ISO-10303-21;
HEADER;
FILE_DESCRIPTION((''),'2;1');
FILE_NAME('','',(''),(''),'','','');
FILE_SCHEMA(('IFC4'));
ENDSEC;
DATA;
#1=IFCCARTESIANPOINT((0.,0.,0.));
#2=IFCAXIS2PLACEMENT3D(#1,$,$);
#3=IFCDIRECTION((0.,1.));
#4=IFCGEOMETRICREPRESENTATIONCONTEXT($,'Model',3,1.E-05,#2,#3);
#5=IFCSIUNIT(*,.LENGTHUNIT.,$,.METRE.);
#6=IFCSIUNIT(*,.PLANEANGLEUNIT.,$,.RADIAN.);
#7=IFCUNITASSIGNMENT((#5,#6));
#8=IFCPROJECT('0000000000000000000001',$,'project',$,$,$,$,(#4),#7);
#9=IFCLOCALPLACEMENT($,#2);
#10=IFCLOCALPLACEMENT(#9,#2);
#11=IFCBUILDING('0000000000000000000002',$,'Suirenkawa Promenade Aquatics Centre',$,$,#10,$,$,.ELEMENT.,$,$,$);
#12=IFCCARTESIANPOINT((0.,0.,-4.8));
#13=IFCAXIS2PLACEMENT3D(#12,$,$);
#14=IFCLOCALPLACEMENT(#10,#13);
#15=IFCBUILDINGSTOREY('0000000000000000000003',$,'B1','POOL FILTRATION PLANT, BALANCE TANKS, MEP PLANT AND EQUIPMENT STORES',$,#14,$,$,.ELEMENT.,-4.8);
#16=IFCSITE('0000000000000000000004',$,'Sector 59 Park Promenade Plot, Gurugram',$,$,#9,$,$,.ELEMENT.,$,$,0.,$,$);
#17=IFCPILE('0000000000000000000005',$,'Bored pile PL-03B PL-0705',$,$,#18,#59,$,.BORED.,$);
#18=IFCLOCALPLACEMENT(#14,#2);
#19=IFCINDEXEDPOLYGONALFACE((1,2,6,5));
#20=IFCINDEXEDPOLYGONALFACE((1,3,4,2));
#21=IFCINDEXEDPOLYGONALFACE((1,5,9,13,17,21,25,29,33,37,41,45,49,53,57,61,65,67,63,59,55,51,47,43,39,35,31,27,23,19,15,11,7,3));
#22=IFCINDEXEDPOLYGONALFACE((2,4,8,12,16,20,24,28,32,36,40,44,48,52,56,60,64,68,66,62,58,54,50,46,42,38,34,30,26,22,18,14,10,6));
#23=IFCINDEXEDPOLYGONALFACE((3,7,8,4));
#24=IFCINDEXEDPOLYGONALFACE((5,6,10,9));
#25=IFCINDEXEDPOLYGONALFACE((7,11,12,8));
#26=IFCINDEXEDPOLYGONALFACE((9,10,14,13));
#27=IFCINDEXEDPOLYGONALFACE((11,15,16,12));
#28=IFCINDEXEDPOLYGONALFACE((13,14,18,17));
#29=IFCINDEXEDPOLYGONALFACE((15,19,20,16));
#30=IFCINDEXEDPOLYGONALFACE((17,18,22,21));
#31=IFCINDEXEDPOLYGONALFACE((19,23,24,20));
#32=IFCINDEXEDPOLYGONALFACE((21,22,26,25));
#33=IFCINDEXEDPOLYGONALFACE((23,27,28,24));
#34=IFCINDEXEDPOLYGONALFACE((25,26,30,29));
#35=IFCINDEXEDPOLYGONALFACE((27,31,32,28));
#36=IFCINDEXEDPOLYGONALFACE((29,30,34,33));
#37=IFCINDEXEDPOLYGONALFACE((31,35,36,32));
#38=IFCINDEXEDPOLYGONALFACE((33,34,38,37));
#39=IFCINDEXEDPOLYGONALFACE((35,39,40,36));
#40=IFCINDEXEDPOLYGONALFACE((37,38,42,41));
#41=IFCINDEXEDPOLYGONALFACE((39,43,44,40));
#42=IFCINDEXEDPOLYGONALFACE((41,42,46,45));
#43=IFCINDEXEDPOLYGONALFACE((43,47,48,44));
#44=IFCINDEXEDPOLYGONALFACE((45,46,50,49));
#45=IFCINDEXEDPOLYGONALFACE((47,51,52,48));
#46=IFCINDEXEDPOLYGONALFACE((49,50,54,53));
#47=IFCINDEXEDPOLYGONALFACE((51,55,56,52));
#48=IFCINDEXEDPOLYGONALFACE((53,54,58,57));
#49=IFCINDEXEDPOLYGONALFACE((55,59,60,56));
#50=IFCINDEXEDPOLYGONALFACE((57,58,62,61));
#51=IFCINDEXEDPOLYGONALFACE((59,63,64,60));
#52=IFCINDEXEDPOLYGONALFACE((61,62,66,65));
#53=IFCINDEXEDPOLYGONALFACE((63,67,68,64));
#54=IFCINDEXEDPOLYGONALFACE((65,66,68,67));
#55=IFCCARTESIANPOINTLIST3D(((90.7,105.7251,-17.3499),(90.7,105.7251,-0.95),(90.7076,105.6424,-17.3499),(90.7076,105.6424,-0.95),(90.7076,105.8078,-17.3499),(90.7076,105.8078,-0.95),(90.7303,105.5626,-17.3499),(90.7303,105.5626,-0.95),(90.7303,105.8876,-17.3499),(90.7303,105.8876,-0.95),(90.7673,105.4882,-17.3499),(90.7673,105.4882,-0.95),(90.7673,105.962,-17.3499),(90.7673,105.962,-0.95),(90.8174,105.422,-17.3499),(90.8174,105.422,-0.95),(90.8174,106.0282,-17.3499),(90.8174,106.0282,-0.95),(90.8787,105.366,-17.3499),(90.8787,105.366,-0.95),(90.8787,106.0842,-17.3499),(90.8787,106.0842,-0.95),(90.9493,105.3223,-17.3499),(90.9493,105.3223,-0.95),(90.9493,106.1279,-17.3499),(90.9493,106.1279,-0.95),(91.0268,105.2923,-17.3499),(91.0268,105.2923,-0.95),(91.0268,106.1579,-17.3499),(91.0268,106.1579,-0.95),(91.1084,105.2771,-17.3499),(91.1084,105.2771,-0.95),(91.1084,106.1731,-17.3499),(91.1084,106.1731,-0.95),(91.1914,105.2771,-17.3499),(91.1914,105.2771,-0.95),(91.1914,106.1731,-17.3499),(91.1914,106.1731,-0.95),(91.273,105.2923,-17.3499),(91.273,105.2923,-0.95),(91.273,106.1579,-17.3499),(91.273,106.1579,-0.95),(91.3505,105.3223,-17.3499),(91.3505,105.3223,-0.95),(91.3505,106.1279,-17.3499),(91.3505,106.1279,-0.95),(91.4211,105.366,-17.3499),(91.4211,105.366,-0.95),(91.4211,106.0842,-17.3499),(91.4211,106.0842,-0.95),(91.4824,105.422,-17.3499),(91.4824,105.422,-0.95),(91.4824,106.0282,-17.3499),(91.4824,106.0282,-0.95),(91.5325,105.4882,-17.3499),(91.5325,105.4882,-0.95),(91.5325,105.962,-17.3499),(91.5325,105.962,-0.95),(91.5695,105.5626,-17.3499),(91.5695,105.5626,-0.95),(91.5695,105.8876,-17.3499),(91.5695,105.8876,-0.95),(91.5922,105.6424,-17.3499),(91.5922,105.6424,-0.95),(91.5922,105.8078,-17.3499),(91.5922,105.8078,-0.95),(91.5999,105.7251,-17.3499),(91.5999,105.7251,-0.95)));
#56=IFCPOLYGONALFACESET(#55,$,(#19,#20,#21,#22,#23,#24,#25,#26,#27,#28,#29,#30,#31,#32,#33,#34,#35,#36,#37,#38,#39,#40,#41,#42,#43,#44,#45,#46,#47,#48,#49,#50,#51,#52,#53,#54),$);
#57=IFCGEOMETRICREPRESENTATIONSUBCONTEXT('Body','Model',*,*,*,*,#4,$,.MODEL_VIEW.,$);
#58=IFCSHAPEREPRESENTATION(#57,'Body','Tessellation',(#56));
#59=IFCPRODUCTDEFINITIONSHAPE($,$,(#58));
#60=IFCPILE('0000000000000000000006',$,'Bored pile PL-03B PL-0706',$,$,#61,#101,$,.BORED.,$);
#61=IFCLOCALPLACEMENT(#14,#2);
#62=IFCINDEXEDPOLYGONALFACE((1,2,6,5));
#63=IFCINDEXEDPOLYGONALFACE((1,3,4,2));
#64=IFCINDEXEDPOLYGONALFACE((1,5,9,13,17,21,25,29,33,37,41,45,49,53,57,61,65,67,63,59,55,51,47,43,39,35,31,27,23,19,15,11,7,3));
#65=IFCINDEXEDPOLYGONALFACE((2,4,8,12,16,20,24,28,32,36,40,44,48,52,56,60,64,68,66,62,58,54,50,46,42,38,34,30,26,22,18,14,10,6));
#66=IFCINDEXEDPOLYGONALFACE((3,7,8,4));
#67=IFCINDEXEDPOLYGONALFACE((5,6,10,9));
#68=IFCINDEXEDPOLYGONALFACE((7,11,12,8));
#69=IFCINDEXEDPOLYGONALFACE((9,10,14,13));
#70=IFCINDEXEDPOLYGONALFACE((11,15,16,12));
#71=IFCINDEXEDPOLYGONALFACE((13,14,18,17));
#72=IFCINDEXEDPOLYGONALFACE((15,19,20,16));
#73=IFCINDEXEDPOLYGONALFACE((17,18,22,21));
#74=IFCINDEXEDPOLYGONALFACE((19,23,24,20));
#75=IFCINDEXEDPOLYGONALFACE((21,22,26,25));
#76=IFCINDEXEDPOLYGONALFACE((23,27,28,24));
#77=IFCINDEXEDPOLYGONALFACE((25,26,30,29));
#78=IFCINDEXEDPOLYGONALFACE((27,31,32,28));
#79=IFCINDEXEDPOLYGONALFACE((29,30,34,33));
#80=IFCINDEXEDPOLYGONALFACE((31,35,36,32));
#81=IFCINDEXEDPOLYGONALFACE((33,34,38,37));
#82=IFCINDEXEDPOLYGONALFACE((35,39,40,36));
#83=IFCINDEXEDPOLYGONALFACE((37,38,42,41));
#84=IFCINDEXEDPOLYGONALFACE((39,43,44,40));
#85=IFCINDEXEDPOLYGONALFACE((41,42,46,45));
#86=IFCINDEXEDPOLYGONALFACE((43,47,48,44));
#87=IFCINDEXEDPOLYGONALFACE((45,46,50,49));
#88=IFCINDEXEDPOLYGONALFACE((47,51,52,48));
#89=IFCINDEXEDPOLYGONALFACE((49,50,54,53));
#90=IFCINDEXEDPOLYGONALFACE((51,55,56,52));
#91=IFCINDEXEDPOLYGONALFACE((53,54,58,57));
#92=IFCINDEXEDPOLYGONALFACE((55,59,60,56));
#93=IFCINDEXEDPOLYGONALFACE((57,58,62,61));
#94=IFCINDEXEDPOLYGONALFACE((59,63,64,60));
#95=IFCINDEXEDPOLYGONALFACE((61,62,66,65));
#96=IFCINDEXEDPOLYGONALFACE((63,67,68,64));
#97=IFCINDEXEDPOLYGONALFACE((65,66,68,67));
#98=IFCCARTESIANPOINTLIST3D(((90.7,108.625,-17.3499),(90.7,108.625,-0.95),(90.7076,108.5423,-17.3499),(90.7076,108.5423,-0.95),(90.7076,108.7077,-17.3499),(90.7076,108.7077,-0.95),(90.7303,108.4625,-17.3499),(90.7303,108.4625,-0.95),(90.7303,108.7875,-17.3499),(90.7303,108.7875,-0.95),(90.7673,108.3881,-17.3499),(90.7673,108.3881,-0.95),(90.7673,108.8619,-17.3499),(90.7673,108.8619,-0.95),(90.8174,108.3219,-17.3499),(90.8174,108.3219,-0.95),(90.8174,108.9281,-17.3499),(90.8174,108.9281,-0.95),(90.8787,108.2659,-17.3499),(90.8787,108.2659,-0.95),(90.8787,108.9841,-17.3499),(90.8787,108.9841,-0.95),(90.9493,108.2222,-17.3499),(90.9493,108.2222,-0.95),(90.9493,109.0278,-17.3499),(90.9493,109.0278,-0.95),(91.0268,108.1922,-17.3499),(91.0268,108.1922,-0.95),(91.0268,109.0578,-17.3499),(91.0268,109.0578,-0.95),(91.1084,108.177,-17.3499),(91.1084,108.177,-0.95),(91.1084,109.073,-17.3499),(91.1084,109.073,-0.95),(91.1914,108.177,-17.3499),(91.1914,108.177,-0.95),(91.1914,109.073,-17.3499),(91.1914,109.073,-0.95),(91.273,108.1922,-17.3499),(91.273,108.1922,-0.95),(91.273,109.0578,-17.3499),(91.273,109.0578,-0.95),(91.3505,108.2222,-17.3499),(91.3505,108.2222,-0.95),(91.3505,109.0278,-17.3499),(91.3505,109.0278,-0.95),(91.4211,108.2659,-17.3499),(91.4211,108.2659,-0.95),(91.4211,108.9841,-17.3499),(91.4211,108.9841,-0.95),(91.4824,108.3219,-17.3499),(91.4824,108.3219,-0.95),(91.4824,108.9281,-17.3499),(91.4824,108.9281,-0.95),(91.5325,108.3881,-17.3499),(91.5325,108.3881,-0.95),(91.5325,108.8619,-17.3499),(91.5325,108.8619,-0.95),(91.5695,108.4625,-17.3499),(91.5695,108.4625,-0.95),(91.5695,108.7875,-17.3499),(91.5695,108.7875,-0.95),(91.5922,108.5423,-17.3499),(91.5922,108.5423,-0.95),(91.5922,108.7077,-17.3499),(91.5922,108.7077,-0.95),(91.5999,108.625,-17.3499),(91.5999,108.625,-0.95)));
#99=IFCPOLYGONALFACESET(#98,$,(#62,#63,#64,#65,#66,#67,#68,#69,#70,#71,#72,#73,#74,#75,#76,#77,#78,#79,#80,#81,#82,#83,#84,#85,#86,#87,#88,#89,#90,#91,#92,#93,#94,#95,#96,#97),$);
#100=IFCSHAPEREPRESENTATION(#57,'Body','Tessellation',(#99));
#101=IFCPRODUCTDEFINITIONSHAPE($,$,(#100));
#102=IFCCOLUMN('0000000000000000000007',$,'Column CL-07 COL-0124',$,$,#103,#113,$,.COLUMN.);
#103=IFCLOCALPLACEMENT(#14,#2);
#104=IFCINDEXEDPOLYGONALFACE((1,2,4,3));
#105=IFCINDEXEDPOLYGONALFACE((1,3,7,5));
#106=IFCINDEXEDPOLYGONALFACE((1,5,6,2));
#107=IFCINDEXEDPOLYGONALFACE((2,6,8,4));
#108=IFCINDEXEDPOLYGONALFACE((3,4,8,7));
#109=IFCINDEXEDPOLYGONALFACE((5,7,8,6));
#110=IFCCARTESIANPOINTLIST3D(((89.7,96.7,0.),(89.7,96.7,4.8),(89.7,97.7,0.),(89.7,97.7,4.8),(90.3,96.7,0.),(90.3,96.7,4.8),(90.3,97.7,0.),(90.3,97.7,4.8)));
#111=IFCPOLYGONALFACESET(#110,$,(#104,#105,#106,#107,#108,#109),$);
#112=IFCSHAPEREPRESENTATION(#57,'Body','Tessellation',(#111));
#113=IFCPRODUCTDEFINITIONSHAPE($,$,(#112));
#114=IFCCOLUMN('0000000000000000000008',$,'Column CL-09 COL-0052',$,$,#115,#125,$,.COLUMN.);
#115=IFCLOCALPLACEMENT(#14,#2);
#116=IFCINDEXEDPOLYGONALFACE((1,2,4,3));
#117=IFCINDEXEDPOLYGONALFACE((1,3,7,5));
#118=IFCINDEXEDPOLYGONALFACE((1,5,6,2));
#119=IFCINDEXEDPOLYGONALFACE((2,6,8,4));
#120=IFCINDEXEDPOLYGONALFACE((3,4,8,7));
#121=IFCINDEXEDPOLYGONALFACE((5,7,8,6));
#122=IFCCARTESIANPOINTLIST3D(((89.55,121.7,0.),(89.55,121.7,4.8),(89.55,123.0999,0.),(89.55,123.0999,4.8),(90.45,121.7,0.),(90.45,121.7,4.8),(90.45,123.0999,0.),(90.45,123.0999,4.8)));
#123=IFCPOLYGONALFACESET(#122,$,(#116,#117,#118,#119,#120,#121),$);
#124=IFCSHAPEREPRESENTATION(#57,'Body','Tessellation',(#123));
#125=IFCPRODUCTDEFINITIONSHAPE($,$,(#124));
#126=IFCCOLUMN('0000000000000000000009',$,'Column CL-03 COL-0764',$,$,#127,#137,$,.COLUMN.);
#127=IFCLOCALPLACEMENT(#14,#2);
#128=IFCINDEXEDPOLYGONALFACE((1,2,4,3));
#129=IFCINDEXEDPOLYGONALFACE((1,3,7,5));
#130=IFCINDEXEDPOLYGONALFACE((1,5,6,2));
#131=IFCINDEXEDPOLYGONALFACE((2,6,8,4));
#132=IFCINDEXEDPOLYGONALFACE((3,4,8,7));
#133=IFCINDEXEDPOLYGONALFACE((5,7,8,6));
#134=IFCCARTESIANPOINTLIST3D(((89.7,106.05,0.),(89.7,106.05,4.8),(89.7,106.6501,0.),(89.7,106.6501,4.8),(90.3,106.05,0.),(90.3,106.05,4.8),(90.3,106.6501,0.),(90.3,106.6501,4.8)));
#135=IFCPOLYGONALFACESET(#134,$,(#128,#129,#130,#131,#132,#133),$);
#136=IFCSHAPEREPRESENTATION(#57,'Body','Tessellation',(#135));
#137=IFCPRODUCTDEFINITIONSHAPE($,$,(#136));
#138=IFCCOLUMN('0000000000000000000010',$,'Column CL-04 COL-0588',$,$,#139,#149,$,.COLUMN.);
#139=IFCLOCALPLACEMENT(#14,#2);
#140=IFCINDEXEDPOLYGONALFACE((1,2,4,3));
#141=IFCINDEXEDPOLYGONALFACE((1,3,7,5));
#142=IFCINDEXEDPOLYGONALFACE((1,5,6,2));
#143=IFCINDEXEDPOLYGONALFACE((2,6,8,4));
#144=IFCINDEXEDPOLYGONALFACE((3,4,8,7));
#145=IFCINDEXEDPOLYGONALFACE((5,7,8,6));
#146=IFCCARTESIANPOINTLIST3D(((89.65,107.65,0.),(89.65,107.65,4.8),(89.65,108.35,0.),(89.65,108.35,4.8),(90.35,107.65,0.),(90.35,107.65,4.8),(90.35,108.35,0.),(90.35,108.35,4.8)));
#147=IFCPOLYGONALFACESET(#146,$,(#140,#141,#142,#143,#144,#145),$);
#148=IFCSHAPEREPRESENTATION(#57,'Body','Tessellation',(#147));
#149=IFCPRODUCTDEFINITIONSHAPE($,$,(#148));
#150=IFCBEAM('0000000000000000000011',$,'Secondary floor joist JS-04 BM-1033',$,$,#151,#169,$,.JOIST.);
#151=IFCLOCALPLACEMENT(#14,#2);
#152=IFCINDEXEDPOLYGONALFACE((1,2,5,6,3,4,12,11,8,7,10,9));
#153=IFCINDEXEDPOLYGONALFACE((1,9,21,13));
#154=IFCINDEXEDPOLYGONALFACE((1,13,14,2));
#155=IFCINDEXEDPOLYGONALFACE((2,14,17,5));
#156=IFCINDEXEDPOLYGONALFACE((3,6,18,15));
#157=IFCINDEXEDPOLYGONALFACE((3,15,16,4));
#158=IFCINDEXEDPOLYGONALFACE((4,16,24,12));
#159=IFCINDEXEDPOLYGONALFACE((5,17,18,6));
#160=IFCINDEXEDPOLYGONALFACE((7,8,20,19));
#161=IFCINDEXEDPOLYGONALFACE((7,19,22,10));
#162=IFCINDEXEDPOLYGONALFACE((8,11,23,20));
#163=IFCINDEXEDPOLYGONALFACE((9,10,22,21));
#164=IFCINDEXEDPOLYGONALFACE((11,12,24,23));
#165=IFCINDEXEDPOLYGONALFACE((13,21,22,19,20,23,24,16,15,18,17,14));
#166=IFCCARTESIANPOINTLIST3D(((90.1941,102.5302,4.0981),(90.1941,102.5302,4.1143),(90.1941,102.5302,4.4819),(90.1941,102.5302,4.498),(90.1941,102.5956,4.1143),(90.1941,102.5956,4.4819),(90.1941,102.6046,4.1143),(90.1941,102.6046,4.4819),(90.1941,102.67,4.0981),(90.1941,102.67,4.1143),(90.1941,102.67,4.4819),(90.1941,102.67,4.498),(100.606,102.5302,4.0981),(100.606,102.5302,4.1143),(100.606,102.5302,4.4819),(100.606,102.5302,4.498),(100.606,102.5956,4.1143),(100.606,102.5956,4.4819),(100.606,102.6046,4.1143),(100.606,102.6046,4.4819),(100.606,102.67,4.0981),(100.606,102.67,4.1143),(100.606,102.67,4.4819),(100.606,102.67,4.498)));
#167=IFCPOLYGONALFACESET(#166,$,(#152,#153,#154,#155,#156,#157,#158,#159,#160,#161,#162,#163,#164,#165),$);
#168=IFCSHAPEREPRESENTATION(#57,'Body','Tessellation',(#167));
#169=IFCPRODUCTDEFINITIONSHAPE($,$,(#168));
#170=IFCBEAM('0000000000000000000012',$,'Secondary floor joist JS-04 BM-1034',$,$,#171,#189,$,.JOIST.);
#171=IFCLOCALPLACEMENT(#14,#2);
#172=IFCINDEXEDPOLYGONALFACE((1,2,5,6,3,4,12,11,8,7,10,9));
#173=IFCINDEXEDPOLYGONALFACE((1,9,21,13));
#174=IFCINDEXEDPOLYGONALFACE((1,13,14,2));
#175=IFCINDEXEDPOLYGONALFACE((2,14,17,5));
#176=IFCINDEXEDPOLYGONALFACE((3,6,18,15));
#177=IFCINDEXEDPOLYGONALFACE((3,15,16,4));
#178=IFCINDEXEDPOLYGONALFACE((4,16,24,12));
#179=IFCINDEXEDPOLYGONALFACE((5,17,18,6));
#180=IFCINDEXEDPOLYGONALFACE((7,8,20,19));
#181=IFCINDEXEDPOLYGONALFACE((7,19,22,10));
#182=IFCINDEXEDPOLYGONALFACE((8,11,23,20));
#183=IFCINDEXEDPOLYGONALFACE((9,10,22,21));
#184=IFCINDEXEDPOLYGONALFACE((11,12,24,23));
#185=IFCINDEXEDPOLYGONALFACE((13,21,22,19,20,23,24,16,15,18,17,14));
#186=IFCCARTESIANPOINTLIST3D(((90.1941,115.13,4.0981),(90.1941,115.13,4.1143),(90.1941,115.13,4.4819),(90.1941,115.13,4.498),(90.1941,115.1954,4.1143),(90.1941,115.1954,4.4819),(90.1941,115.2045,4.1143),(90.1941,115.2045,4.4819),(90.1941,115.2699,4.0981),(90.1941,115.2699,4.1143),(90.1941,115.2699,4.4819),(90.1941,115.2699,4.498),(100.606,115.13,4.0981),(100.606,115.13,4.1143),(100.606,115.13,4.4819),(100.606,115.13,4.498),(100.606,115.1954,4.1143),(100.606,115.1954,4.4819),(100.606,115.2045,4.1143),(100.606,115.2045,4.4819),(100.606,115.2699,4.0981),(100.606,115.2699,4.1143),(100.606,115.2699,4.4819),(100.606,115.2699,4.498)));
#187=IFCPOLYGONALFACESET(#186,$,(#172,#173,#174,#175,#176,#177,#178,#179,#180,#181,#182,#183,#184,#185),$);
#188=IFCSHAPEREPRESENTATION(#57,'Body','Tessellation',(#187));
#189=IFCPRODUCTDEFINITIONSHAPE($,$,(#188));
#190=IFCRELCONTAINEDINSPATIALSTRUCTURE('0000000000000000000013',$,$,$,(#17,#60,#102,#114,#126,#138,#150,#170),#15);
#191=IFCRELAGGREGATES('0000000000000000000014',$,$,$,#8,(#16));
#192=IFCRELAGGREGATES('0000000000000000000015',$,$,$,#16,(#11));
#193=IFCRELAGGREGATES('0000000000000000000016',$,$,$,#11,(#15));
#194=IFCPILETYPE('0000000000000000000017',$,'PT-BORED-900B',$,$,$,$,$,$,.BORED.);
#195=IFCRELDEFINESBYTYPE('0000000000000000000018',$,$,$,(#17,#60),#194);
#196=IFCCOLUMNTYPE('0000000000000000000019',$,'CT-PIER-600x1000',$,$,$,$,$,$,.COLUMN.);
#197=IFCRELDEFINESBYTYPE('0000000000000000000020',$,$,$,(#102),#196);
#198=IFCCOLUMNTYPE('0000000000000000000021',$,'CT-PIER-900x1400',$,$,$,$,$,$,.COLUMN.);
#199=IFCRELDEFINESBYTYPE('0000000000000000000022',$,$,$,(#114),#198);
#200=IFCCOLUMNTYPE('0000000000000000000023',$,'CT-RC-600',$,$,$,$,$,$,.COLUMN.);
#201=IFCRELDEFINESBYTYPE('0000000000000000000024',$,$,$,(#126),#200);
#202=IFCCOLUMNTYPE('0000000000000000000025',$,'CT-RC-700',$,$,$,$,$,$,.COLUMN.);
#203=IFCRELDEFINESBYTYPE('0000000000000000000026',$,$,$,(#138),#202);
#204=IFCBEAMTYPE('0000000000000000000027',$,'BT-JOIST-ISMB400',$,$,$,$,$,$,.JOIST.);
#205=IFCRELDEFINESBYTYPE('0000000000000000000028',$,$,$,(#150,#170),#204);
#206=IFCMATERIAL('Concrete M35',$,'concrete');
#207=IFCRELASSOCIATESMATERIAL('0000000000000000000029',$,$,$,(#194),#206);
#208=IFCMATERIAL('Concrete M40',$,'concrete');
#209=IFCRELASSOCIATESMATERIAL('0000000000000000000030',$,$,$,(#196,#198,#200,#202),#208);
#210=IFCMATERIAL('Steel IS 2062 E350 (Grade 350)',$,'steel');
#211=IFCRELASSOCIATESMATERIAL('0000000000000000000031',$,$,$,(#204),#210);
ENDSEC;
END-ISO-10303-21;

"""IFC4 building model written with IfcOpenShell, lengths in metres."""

from ifc_helpers import new_model, si_unit, direction, frame, origin, origin_2d, place, context, subcontext, project, spatial, rectangle, circle, i_section, extrude, material, material_profile, profile_set, type_object, element, save


model = new_model("IFC4")

# Units and contexts
model_context = context("Model", 3, precision=1e-05, world=origin(), true_north=direction((0.0, 1.0)))
body_context = subcontext(model_context, "Body", "Model", "MODEL_VIEW")
ifc_project = project(units=[si_unit("LENGTHUNIT", "METRE"), si_unit("PLANEANGLEUNIT", "RADIAN")], contexts=[model_context])

# Site, building, storey
site_placement = place(None, origin())
site = spatial("IfcSite", under=ifc_project, at=site_placement, Name="Sector 59 Park Promenade Plot, Gurugram", CompositionType="ELEMENT", RefElevation=0.0)
building_placement = place(site_placement, origin())
building = spatial("IfcBuilding", under=site, at=building_placement, Name="Suirenkawa Promenade Aquatics Centre", CompositionType="ELEMENT")
storey_placement = place(building_placement, frame((0.0, 0.0, -4.8)))
storey = spatial("IfcBuildingStorey", under=building, at=storey_placement, Name="B1", Description="POOL FILTRATION PLANT, BALANCE TANKS, MEP PLANT AND EQUIPMENT STORES", CompositionType="ELEMENT", Elevation=-4.8)

# Shared definitions
ifc_material_1 = material(Name="Concrete M35", Category="concrete")

# Piles
ifc_material_profile_1 = material_profile(ifc_material_1, circle(Radius=0.45, at=origin_2d()), Name="PILE D900", Category="concrete")
ifc_profile_set_1 = profile_set([ifc_material_profile_1], Name="Concrete M35")
pile_type_1 = type_object("IfcPileType", Name="PT-BORED-900B", PredefinedType="BORED", material=ifc_profile_set_1)
for number, where, z_axis, x_axis, name in (
    (1, (91.1499, 105.7251, -0.95), (0.0, 0.0, -1.0), (1.0, 0.0, 0.0), "Bored pile PL-03B PL-0705"),
    (2, (91.1499, 108.625, -0.95), (0.0, 0.0, -1.0), (1.0, 0.0, 0.0), "Bored pile PL-03B PL-0706"),
):
    element("IfcPile", number, at=place(storey_placement, frame(where, z_axis=z_axis, x_axis=x_axis)), inside=storey, type_object=pile_type_1, Name=name, PredefinedType="BORED", context=body_context, shape_type="SweptSolid", body=[
        extrude(circle(Radius=0.45, at=origin_2d()), origin(), (0.0, 0.0, 1.0), 16.3999),
    ])

# Columns
ifc_material_2 = material(Name="Concrete M40", Category="concrete")
ifc_material_profile_2 = material_profile(ifc_material_2, rectangle(XDim=0.6001, YDim=1.0, at=origin_2d()), Name="RC PIER 600x1000", Category="concrete")
ifc_profile_set_2 = profile_set([ifc_material_profile_2], Name="Concrete M40")
column_type_1 = type_object("IfcColumnType", Name="CT-PIER-600x1000", PredefinedType="COLUMN", material=ifc_profile_set_2)
column_1_placement = place(storey_placement, frame((90.0, 97.2, 0.0), z_axis=(0.0, 0.0, 1.0), x_axis=(1.0, 0.0, 0.0)))
element("IfcColumn", 3, at=column_1_placement, inside=storey, type_object=column_type_1, Name="Column CL-07 COL-0124", PredefinedType="COLUMN", context=body_context, shape_type="SweptSolid", body=[
    extrude(rectangle(XDim=0.6001, YDim=1.0, at=origin_2d()), origin(), (0.0, 0.0, 1.0), 4.8),
])
ifc_material_profile_3 = material_profile(ifc_material_2, rectangle(XDim=0.8999, YDim=1.3999, at=origin_2d()), Name="RC PIER 900x1400", Category="concrete")
ifc_profile_set_3 = profile_set([ifc_material_profile_3], Name="Concrete M40")
column_type_2 = type_object("IfcColumnType", Name="CT-PIER-900x1400", PredefinedType="COLUMN", material=ifc_profile_set_3)
column_2_placement = place(storey_placement, frame((90.0, 122.3999, 0.0), z_axis=(0.0, 0.0, 1.0), x_axis=(1.0, 0.0, 0.0)))
element("IfcColumn", 4, at=column_2_placement, inside=storey, type_object=column_type_2, Name="Column CL-09 COL-0052", PredefinedType="COLUMN", context=body_context, shape_type="SweptSolid", body=[
    extrude(rectangle(XDim=0.8999, YDim=1.3999, at=origin_2d()), origin(), (0.0, 0.0, 1.0), 4.8),
])
ifc_material_profile_4 = material_profile(ifc_material_2, rectangle(XDim=0.6001, YDim=0.6001, at=origin_2d()), Name="RC COL 600x600", Category="concrete")
ifc_profile_set_4 = profile_set([ifc_material_profile_4], Name="Concrete M40")
column_type_3 = type_object("IfcColumnType", Name="CT-RC-600", PredefinedType="COLUMN", material=ifc_profile_set_4)
column_3_placement = place(storey_placement, frame((90.0, 106.3501, 0.0), z_axis=(0.0, 0.0, 1.0), x_axis=(1.0, 0.0, 0.0)))
element("IfcColumn", 5, at=column_3_placement, inside=storey, type_object=column_type_3, Name="Column CL-03 COL-0764", PredefinedType="COLUMN", context=body_context, shape_type="SweptSolid", body=[
    extrude(rectangle(XDim=0.6001, YDim=0.6001, at=origin_2d()), origin(), (0.0, 0.0, 1.0), 4.8),
])
ifc_material_profile_5 = material_profile(ifc_material_2, rectangle(XDim=0.7, YDim=0.7, at=origin_2d()), Name="RC COL 700x700", Category="concrete")
ifc_profile_set_5 = profile_set([ifc_material_profile_5], Name="Concrete M40")
column_type_4 = type_object("IfcColumnType", Name="CT-RC-700", PredefinedType="COLUMN", material=ifc_profile_set_5)
column_4_placement = place(storey_placement, frame((90.0, 108.0, 0.0), z_axis=(0.0, 0.0, 1.0), x_axis=(1.0, 0.0, 0.0)))
element("IfcColumn", 6, at=column_4_placement, inside=storey, type_object=column_type_4, Name="Column CL-04 COL-0588", PredefinedType="COLUMN", context=body_context, shape_type="SweptSolid", body=[
    extrude(rectangle(XDim=0.7, YDim=0.7, at=origin_2d()), origin(), (0.0, 0.0, 1.0), 4.8),
])

# Beams
ifc_material_3 = material(Name="Steel IS 2062 E350 (Grade 350)", Category="steel")
ifc_material_profile_6 = material_profile(ifc_material_3, i_section(OverallWidth=0.1399, OverallDepth=0.3999, WebThickness=0.009, FlangeThickness=0.0161, at=origin_2d()), Name="ISMB 400", Category="steel")
ifc_profile_set_6 = profile_set([ifc_material_profile_6], Name="Steel IS 2062 E350 (Grade 350)")
beam_type_1 = type_object("IfcBeamType", Name="BT-JOIST-ISMB400", PredefinedType="JOIST", material=ifc_profile_set_6)
for number, where, z_axis, x_axis, name in (
    (7, (90.1941, 102.6001, 4.2981), (1.0, 0.0, 0.0), (0.0, 1.0, 0.0), "Secondary floor joist JS-04 BM-1033"),
    (8, (90.1941, 115.2, 4.2981), (1.0, 0.0, 0.0), (0.0, 1.0, 0.0), "Secondary floor joist JS-04 BM-1034"),
):
    element("IfcBeam", number, at=place(storey_placement, frame(where, z_axis=z_axis, x_axis=x_axis)), inside=storey, type_object=beam_type_1, Name=name, PredefinedType="JOIST", context=body_context, shape_type="SweptSolid", body=[
        extrude(i_section(OverallWidth=0.1399, OverallDepth=0.3999, WebThickness=0.009, FlangeThickness=0.0161, at=origin_2d()), origin(), (0.0, 0.0, 1.0), 10.4119),
    ])

save(model, "model.ifc")
